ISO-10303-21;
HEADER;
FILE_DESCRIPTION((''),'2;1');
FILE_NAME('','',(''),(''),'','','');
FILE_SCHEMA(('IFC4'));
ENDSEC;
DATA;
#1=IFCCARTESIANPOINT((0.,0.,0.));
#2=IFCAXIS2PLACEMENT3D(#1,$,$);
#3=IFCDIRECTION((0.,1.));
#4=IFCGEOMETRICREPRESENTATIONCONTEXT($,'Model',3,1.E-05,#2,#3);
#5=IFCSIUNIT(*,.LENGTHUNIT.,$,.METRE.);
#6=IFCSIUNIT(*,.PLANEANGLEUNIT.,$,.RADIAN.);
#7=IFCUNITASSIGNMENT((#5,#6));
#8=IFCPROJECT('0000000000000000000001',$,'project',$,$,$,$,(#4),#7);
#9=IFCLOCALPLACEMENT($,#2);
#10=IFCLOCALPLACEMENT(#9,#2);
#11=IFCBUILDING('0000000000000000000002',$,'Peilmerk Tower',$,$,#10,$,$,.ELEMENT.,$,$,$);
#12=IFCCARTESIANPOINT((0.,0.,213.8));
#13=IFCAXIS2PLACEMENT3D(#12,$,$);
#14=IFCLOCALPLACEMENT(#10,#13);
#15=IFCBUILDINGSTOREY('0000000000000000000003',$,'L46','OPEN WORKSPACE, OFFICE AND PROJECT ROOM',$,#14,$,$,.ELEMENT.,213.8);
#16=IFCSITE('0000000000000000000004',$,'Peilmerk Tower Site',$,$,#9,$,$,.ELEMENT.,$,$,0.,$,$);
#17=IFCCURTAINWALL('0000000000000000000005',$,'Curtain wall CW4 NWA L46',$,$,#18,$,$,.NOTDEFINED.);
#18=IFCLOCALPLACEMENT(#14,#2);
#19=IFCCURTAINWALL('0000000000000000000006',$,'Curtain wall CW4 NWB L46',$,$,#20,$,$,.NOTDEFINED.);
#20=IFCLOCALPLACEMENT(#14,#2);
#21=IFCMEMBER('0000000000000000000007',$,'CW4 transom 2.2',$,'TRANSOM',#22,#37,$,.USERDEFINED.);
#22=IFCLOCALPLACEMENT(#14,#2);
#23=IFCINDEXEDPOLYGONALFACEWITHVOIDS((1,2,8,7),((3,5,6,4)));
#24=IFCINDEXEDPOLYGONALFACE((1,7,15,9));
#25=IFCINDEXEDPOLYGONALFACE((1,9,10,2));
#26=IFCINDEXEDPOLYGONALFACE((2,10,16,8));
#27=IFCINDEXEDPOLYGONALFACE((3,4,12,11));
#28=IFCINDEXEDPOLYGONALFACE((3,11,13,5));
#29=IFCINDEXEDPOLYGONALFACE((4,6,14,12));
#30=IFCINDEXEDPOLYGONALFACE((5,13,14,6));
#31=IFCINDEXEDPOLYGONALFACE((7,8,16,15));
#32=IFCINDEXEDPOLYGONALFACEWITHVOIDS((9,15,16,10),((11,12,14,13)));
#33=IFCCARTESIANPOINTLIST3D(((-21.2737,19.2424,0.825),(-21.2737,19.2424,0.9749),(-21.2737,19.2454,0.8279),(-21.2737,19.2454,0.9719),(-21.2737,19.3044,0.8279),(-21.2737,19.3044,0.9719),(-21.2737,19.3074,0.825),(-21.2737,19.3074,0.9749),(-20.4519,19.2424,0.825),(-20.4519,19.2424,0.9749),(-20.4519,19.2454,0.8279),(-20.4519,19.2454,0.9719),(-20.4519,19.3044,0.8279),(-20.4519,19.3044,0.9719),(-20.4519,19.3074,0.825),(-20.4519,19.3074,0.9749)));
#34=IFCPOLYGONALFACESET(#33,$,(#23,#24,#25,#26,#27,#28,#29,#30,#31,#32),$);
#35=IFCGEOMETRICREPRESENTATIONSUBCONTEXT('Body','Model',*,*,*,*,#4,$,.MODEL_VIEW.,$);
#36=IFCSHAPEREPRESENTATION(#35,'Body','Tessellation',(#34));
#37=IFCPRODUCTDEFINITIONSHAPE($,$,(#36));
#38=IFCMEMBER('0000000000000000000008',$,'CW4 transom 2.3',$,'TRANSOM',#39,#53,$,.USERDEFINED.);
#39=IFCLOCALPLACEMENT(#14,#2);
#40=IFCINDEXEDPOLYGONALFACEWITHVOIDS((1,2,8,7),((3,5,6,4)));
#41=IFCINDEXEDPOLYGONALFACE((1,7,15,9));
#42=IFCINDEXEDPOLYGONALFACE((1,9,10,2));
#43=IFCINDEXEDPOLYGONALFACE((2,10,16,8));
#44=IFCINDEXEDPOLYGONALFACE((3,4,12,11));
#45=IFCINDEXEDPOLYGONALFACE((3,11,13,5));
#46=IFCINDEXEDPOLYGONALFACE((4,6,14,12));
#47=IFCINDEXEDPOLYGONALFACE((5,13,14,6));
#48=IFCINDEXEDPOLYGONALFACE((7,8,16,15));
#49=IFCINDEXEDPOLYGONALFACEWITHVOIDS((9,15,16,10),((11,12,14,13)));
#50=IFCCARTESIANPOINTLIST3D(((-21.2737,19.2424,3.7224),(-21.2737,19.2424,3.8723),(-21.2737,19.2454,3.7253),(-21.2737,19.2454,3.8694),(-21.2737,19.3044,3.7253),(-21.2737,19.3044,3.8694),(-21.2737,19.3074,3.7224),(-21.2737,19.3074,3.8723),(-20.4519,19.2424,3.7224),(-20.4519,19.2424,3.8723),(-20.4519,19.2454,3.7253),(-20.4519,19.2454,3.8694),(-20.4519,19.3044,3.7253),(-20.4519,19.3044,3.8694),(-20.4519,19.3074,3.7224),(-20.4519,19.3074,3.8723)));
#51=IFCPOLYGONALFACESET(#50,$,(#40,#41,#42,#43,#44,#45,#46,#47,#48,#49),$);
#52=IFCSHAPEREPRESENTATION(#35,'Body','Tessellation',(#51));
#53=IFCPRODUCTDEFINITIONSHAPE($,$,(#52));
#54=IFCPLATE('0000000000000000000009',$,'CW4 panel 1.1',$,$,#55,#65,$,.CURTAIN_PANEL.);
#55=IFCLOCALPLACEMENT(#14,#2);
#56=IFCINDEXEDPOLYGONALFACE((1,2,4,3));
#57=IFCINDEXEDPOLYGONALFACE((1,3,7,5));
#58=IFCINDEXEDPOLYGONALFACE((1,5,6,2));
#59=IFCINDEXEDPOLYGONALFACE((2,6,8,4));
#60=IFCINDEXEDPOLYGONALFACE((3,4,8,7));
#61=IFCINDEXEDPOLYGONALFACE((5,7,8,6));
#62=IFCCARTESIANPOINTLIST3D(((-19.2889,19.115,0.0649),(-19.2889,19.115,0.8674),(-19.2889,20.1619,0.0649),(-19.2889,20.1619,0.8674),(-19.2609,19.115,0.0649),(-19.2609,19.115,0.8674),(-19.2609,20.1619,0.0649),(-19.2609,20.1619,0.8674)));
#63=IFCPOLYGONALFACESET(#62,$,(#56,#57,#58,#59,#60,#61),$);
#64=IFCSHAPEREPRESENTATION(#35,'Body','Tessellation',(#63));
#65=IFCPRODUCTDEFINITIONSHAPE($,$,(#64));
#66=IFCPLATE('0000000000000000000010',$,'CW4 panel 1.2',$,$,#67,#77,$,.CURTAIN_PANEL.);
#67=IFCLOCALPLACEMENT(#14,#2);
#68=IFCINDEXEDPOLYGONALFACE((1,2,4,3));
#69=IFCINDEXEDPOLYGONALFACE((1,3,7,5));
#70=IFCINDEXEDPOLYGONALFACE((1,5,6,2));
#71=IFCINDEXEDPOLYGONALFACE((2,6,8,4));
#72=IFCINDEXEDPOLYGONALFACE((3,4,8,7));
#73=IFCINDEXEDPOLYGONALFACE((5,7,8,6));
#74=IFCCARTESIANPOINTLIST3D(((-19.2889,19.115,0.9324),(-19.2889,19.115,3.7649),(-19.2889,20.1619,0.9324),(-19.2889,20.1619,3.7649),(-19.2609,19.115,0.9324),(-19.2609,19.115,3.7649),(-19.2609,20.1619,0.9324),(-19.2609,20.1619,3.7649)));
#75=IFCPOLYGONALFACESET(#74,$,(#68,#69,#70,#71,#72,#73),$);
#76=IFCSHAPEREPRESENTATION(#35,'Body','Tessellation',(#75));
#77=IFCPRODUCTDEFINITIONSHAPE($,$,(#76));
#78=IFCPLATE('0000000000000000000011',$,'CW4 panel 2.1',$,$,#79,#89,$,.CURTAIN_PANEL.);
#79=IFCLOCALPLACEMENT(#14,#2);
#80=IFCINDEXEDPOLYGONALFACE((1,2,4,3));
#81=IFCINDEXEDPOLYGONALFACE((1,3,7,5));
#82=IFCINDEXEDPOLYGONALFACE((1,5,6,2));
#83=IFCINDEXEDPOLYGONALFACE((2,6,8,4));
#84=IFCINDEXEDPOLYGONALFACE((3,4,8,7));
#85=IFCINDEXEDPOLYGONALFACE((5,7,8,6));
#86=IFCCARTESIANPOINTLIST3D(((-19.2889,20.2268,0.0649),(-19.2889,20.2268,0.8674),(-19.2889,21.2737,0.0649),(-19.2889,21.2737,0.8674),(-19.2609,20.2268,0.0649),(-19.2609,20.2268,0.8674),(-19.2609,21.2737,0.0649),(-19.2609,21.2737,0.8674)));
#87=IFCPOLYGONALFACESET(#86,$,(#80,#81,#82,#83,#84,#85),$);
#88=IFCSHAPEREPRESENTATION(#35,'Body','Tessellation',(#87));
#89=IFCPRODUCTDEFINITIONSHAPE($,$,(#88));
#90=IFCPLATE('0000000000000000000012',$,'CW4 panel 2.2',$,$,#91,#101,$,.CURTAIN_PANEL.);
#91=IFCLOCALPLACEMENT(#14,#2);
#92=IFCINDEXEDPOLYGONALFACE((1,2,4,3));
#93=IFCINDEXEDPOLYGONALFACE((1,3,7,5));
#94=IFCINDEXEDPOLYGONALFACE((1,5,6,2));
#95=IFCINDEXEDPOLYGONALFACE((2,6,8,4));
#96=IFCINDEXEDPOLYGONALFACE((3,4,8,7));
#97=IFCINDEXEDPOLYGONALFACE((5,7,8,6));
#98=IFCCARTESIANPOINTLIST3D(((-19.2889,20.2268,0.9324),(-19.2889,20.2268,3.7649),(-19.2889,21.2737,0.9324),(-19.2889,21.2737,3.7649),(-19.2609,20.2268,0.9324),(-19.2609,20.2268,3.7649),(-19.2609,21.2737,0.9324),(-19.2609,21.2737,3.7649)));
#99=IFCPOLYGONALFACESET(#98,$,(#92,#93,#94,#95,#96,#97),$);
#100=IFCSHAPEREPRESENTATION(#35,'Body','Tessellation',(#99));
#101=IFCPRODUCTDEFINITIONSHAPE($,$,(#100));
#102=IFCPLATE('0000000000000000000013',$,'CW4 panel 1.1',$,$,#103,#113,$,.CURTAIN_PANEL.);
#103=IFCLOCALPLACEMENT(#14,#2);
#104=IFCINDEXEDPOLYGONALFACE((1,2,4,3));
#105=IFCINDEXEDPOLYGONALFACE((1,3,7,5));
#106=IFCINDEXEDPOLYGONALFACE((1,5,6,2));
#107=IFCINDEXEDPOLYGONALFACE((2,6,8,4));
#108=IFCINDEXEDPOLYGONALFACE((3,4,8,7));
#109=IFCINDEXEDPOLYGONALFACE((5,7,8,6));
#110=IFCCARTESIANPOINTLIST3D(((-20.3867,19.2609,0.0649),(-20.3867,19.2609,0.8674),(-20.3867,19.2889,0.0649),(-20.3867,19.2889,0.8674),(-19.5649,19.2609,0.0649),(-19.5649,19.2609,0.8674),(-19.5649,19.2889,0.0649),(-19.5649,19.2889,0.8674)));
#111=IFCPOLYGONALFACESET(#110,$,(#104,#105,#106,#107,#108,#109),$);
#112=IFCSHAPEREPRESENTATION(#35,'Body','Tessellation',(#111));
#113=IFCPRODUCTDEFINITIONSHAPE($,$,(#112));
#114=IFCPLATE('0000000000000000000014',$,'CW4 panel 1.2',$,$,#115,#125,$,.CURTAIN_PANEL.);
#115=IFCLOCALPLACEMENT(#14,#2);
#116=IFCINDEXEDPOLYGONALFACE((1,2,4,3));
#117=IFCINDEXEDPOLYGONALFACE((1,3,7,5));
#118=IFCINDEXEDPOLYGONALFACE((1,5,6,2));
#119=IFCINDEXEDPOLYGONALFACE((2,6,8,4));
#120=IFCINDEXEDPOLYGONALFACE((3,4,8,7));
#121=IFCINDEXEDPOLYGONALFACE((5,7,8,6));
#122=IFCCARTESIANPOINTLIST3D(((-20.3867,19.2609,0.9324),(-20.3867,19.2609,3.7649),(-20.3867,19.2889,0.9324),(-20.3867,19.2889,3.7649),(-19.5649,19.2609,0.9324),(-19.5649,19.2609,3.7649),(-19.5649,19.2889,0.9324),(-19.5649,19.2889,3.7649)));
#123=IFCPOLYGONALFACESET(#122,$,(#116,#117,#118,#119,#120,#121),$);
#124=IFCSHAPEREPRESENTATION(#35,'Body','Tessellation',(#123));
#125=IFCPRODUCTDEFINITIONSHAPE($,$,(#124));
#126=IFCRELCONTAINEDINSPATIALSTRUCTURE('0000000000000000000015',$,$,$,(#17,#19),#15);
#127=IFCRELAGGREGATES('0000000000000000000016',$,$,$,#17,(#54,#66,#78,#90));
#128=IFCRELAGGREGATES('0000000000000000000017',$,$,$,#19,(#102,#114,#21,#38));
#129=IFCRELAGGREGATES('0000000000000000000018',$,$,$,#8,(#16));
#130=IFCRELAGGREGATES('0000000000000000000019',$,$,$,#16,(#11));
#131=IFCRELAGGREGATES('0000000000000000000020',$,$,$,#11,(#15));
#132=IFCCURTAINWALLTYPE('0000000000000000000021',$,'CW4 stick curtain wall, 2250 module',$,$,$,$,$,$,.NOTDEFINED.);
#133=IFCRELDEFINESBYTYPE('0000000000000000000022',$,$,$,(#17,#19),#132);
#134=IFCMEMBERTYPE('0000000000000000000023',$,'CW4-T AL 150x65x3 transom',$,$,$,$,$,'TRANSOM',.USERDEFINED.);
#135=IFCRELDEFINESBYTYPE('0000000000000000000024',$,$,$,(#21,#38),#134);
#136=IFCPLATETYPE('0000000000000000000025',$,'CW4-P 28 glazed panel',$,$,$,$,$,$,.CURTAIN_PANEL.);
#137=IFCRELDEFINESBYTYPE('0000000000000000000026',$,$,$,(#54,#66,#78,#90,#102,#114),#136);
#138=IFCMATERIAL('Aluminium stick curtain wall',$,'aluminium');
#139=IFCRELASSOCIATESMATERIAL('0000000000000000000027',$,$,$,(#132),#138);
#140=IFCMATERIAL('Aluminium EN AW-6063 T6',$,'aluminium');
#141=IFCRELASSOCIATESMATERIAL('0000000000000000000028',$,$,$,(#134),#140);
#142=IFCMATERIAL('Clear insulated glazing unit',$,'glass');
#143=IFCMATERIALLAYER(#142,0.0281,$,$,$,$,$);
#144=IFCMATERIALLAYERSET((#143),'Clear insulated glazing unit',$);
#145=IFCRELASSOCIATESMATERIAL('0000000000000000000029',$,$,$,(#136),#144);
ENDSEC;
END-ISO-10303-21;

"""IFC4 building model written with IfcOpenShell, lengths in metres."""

from ifc_helpers import new_model, si_unit, direction, frame, origin, origin_2d, place, context, subcontext, project, spatial, rectangle, hollow_rectangle, extrude, material, layer, layer_set, material_profile, profile_set, type_object, element, aggregate, save


model = new_model("IFC4")

# Units and contexts
model_context = context("Model", 3, precision=1e-05, world=origin(), true_north=direction((0.0, 1.0)))
body_context = subcontext(model_context, "Body", "Model", "MODEL_VIEW")
ifc_project = project(units=[si_unit("LENGTHUNIT", "METRE"), si_unit("PLANEANGLEUNIT", "RADIAN")], contexts=[model_context])

# Site, building, storey
site_placement = place(None, origin())
site = spatial("IfcSite", under=ifc_project, at=site_placement, Name="Peilmerk Tower Site", CompositionType="ELEMENT", RefElevation=0.0)
building_placement = place(site_placement, origin())
building = spatial("IfcBuilding", under=site, at=building_placement, Name="Peilmerk Tower", CompositionType="ELEMENT")
storey_placement = place(building_placement, frame((0.0, 0.0, 213.8)))
storey = spatial("IfcBuildingStorey", under=building, at=storey_placement, Name="L46", Description="OPEN WORKSPACE, OFFICE AND PROJECT ROOM", CompositionType="ELEMENT", Elevation=213.8)

# Curtain walls
ifc_material_1 = material(Name="Aluminium stick curtain wall", Category="aluminium")
curtain_wall_type = type_object("IfcCurtainWallType", Name="CW4 stick curtain wall, 2250 module", PredefinedType="NOTDEFINED", material=ifc_material_1)
curtain_wall_1_placement = place(storey_placement, origin())
curtain_wall_1 = element("IfcCurtainWall", 1, at=curtain_wall_1_placement, inside=storey, type_object=curtain_wall_type, Name="Curtain wall CW4 NWA L46", PredefinedType="NOTDEFINED")
ifc_material_2 = material(Name="Aluminium EN AW-6063 T6", Category="aluminium")
curtain_wall_2_placement = place(storey_placement, origin())
curtain_wall_2 = element("IfcCurtainWall", 2, at=curtain_wall_2_placement, inside=storey, type_object=curtain_wall_type, Name="Curtain wall CW4 NWB L46", PredefinedType="NOTDEFINED")

# Members
ifc_material_profile_1 = material_profile(ifc_material_2, hollow_rectangle(XDim=0.0649, YDim=0.1499, WallThickness=0.0029, at=origin_2d()), Name="AL 150x65x3")
ifc_profile_set_1 = profile_set([ifc_material_profile_1], Name="Aluminium EN AW-6063 T6")
member_type_1 = type_object("IfcMemberType", Name="CW4-T AL 150x65x3 transom", ElementType="TRANSOM", PredefinedType="USERDEFINED", material=ifc_profile_set_1)
member_1_placement = place(storey_placement, frame((-20.4519, 19.2749, 0.8999), z_axis=(-1.0, 0.0, 0.0), x_axis=(0.0, -1.0, 0.0)))
member_1 = element("IfcMember", 3, at=member_1_placement, type_object=member_type_1, Name="CW4 transom 2.2", ObjectType="TRANSOM", PredefinedType="USERDEFINED", context=body_context, shape_type="SweptSolid", body=[
    extrude(hollow_rectangle(XDim=0.0649, YDim=0.1499, WallThickness=0.0029, at=origin_2d()), origin(), (0.0, 0.0, 1.0), 0.8218),
])
member_2_placement = place(storey_placement, frame((-20.4519, 19.2749, 3.7974), z_axis=(-1.0, 0.0, 0.0), x_axis=(0.0, -1.0, 0.0)))
member_2 = element("IfcMember", 4, at=member_2_placement, type_object=member_type_1, Name="CW4 transom 2.3", ObjectType="TRANSOM", PredefinedType="USERDEFINED", context=body_context, shape_type="SweptSolid", body=[
    extrude(hollow_rectangle(XDim=0.0649, YDim=0.1499, WallThickness=0.0029, at=origin_2d()), origin(), (0.0, 0.0, 1.0), 0.8218),
])

# Plates
ifc_material_3 = material(Name="Clear insulated glazing unit", Category="glass")
ifc_layer_1 = layer(ifc_material_3, 0.0281)
ifc_layer_set_1 = layer_set([ifc_layer_1], Name="Clear insulated glazing unit")
plate_type = type_object("IfcPlateType", Name="CW4-P 28 glazed panel", PredefinedType="CURTAIN_PANEL", material=ifc_layer_set_1)
plate_1_placement = place(storey_placement, frame((-19.2749, 19.6384, 0.0649), z_axis=(0.0, 0.0, 1.0), x_axis=(0.0, 1.0, 0.0)))
plate_1 = element("IfcPlate", 5, at=plate_1_placement, type_object=plate_type, Name="CW4 panel 1.1", PredefinedType="CURTAIN_PANEL", context=body_context, shape_type="SweptSolid", body=[
    extrude(rectangle(XDim=1.0469, YDim=0.0281, at=origin_2d()), origin(), (0.0, 0.0, 1.0), 0.8025),
])
plate_2_placement = place(storey_placement, frame((-19.2749, 19.6384, 0.9324), z_axis=(0.0, 0.0, 1.0), x_axis=(0.0, 1.0, 0.0)))
plate_2 = element("IfcPlate", 6, at=plate_2_placement, type_object=plate_type, Name="CW4 panel 1.2", PredefinedType="CURTAIN_PANEL", context=body_context, shape_type="SweptSolid", body=[
    extrude(rectangle(XDim=1.0469, YDim=0.0281, at=origin_2d()), origin(), (0.0, 0.0, 1.0), 2.8325),
])
plate_3_placement = place(storey_placement, frame((-19.2749, 20.7502, 0.0649), z_axis=(0.0, 0.0, 1.0), x_axis=(0.0, 1.0, 0.0)))
plate_3 = element("IfcPlate", 7, at=plate_3_placement, type_object=plate_type, Name="CW4 panel 2.1", PredefinedType="CURTAIN_PANEL", context=body_context, shape_type="SweptSolid", body=[
    extrude(rectangle(XDim=1.0469, YDim=0.0281, at=origin_2d()), origin(), (0.0, 0.0, 1.0), 0.8025),
])
plate_4_placement = place(storey_placement, frame((-19.2749, 20.7502, 0.9324), z_axis=(0.0, 0.0, 1.0), x_axis=(0.0, 1.0, 0.0)))
plate_4 = element("IfcPlate", 8, at=plate_4_placement, type_object=plate_type, Name="CW4 panel 2.2", PredefinedType="CURTAIN_PANEL", context=body_context, shape_type="SweptSolid", body=[
    extrude(rectangle(XDim=1.0469, YDim=0.0281, at=origin_2d()), origin(), (0.0, 0.0, 1.0), 2.8325),
])
aggregate(curtain_wall_1, [plate_1, plate_2, plate_3, plate_4])
plate_5_placement = place(storey_placement, frame((-19.9758, 19.2749, 0.0649), z_axis=(0.0, 0.0, 1.0), x_axis=(-1.0, 0.0, 0.0)))
plate_5 = element("IfcPlate", 9, at=plate_5_placement, type_object=plate_type, Name="CW4 panel 1.1", PredefinedType="CURTAIN_PANEL", context=body_context, shape_type="SweptSolid", body=[
    extrude(rectangle(XDim=0.8218, YDim=0.0281, at=origin_2d()), origin(), (0.0, 0.0, 1.0), 0.8025),
])
plate_6_placement = place(storey_placement, frame((-19.9758, 19.2749, 0.9324), z_axis=(0.0, 0.0, 1.0), x_axis=(-1.0, 0.0, 0.0)))
plate_6 = element("IfcPlate", 10, at=plate_6_placement, type_object=plate_type, Name="CW4 panel 1.2", PredefinedType="CURTAIN_PANEL", context=body_context, shape_type="SweptSolid", body=[
    extrude(rectangle(XDim=0.8218, YDim=0.0281, at=origin_2d()), origin(), (0.0, 0.0, 1.0), 2.8325),
])
aggregate(curtain_wall_2, [plate_5, plate_6, member_1, member_2])

save(model, "model.ifc")
